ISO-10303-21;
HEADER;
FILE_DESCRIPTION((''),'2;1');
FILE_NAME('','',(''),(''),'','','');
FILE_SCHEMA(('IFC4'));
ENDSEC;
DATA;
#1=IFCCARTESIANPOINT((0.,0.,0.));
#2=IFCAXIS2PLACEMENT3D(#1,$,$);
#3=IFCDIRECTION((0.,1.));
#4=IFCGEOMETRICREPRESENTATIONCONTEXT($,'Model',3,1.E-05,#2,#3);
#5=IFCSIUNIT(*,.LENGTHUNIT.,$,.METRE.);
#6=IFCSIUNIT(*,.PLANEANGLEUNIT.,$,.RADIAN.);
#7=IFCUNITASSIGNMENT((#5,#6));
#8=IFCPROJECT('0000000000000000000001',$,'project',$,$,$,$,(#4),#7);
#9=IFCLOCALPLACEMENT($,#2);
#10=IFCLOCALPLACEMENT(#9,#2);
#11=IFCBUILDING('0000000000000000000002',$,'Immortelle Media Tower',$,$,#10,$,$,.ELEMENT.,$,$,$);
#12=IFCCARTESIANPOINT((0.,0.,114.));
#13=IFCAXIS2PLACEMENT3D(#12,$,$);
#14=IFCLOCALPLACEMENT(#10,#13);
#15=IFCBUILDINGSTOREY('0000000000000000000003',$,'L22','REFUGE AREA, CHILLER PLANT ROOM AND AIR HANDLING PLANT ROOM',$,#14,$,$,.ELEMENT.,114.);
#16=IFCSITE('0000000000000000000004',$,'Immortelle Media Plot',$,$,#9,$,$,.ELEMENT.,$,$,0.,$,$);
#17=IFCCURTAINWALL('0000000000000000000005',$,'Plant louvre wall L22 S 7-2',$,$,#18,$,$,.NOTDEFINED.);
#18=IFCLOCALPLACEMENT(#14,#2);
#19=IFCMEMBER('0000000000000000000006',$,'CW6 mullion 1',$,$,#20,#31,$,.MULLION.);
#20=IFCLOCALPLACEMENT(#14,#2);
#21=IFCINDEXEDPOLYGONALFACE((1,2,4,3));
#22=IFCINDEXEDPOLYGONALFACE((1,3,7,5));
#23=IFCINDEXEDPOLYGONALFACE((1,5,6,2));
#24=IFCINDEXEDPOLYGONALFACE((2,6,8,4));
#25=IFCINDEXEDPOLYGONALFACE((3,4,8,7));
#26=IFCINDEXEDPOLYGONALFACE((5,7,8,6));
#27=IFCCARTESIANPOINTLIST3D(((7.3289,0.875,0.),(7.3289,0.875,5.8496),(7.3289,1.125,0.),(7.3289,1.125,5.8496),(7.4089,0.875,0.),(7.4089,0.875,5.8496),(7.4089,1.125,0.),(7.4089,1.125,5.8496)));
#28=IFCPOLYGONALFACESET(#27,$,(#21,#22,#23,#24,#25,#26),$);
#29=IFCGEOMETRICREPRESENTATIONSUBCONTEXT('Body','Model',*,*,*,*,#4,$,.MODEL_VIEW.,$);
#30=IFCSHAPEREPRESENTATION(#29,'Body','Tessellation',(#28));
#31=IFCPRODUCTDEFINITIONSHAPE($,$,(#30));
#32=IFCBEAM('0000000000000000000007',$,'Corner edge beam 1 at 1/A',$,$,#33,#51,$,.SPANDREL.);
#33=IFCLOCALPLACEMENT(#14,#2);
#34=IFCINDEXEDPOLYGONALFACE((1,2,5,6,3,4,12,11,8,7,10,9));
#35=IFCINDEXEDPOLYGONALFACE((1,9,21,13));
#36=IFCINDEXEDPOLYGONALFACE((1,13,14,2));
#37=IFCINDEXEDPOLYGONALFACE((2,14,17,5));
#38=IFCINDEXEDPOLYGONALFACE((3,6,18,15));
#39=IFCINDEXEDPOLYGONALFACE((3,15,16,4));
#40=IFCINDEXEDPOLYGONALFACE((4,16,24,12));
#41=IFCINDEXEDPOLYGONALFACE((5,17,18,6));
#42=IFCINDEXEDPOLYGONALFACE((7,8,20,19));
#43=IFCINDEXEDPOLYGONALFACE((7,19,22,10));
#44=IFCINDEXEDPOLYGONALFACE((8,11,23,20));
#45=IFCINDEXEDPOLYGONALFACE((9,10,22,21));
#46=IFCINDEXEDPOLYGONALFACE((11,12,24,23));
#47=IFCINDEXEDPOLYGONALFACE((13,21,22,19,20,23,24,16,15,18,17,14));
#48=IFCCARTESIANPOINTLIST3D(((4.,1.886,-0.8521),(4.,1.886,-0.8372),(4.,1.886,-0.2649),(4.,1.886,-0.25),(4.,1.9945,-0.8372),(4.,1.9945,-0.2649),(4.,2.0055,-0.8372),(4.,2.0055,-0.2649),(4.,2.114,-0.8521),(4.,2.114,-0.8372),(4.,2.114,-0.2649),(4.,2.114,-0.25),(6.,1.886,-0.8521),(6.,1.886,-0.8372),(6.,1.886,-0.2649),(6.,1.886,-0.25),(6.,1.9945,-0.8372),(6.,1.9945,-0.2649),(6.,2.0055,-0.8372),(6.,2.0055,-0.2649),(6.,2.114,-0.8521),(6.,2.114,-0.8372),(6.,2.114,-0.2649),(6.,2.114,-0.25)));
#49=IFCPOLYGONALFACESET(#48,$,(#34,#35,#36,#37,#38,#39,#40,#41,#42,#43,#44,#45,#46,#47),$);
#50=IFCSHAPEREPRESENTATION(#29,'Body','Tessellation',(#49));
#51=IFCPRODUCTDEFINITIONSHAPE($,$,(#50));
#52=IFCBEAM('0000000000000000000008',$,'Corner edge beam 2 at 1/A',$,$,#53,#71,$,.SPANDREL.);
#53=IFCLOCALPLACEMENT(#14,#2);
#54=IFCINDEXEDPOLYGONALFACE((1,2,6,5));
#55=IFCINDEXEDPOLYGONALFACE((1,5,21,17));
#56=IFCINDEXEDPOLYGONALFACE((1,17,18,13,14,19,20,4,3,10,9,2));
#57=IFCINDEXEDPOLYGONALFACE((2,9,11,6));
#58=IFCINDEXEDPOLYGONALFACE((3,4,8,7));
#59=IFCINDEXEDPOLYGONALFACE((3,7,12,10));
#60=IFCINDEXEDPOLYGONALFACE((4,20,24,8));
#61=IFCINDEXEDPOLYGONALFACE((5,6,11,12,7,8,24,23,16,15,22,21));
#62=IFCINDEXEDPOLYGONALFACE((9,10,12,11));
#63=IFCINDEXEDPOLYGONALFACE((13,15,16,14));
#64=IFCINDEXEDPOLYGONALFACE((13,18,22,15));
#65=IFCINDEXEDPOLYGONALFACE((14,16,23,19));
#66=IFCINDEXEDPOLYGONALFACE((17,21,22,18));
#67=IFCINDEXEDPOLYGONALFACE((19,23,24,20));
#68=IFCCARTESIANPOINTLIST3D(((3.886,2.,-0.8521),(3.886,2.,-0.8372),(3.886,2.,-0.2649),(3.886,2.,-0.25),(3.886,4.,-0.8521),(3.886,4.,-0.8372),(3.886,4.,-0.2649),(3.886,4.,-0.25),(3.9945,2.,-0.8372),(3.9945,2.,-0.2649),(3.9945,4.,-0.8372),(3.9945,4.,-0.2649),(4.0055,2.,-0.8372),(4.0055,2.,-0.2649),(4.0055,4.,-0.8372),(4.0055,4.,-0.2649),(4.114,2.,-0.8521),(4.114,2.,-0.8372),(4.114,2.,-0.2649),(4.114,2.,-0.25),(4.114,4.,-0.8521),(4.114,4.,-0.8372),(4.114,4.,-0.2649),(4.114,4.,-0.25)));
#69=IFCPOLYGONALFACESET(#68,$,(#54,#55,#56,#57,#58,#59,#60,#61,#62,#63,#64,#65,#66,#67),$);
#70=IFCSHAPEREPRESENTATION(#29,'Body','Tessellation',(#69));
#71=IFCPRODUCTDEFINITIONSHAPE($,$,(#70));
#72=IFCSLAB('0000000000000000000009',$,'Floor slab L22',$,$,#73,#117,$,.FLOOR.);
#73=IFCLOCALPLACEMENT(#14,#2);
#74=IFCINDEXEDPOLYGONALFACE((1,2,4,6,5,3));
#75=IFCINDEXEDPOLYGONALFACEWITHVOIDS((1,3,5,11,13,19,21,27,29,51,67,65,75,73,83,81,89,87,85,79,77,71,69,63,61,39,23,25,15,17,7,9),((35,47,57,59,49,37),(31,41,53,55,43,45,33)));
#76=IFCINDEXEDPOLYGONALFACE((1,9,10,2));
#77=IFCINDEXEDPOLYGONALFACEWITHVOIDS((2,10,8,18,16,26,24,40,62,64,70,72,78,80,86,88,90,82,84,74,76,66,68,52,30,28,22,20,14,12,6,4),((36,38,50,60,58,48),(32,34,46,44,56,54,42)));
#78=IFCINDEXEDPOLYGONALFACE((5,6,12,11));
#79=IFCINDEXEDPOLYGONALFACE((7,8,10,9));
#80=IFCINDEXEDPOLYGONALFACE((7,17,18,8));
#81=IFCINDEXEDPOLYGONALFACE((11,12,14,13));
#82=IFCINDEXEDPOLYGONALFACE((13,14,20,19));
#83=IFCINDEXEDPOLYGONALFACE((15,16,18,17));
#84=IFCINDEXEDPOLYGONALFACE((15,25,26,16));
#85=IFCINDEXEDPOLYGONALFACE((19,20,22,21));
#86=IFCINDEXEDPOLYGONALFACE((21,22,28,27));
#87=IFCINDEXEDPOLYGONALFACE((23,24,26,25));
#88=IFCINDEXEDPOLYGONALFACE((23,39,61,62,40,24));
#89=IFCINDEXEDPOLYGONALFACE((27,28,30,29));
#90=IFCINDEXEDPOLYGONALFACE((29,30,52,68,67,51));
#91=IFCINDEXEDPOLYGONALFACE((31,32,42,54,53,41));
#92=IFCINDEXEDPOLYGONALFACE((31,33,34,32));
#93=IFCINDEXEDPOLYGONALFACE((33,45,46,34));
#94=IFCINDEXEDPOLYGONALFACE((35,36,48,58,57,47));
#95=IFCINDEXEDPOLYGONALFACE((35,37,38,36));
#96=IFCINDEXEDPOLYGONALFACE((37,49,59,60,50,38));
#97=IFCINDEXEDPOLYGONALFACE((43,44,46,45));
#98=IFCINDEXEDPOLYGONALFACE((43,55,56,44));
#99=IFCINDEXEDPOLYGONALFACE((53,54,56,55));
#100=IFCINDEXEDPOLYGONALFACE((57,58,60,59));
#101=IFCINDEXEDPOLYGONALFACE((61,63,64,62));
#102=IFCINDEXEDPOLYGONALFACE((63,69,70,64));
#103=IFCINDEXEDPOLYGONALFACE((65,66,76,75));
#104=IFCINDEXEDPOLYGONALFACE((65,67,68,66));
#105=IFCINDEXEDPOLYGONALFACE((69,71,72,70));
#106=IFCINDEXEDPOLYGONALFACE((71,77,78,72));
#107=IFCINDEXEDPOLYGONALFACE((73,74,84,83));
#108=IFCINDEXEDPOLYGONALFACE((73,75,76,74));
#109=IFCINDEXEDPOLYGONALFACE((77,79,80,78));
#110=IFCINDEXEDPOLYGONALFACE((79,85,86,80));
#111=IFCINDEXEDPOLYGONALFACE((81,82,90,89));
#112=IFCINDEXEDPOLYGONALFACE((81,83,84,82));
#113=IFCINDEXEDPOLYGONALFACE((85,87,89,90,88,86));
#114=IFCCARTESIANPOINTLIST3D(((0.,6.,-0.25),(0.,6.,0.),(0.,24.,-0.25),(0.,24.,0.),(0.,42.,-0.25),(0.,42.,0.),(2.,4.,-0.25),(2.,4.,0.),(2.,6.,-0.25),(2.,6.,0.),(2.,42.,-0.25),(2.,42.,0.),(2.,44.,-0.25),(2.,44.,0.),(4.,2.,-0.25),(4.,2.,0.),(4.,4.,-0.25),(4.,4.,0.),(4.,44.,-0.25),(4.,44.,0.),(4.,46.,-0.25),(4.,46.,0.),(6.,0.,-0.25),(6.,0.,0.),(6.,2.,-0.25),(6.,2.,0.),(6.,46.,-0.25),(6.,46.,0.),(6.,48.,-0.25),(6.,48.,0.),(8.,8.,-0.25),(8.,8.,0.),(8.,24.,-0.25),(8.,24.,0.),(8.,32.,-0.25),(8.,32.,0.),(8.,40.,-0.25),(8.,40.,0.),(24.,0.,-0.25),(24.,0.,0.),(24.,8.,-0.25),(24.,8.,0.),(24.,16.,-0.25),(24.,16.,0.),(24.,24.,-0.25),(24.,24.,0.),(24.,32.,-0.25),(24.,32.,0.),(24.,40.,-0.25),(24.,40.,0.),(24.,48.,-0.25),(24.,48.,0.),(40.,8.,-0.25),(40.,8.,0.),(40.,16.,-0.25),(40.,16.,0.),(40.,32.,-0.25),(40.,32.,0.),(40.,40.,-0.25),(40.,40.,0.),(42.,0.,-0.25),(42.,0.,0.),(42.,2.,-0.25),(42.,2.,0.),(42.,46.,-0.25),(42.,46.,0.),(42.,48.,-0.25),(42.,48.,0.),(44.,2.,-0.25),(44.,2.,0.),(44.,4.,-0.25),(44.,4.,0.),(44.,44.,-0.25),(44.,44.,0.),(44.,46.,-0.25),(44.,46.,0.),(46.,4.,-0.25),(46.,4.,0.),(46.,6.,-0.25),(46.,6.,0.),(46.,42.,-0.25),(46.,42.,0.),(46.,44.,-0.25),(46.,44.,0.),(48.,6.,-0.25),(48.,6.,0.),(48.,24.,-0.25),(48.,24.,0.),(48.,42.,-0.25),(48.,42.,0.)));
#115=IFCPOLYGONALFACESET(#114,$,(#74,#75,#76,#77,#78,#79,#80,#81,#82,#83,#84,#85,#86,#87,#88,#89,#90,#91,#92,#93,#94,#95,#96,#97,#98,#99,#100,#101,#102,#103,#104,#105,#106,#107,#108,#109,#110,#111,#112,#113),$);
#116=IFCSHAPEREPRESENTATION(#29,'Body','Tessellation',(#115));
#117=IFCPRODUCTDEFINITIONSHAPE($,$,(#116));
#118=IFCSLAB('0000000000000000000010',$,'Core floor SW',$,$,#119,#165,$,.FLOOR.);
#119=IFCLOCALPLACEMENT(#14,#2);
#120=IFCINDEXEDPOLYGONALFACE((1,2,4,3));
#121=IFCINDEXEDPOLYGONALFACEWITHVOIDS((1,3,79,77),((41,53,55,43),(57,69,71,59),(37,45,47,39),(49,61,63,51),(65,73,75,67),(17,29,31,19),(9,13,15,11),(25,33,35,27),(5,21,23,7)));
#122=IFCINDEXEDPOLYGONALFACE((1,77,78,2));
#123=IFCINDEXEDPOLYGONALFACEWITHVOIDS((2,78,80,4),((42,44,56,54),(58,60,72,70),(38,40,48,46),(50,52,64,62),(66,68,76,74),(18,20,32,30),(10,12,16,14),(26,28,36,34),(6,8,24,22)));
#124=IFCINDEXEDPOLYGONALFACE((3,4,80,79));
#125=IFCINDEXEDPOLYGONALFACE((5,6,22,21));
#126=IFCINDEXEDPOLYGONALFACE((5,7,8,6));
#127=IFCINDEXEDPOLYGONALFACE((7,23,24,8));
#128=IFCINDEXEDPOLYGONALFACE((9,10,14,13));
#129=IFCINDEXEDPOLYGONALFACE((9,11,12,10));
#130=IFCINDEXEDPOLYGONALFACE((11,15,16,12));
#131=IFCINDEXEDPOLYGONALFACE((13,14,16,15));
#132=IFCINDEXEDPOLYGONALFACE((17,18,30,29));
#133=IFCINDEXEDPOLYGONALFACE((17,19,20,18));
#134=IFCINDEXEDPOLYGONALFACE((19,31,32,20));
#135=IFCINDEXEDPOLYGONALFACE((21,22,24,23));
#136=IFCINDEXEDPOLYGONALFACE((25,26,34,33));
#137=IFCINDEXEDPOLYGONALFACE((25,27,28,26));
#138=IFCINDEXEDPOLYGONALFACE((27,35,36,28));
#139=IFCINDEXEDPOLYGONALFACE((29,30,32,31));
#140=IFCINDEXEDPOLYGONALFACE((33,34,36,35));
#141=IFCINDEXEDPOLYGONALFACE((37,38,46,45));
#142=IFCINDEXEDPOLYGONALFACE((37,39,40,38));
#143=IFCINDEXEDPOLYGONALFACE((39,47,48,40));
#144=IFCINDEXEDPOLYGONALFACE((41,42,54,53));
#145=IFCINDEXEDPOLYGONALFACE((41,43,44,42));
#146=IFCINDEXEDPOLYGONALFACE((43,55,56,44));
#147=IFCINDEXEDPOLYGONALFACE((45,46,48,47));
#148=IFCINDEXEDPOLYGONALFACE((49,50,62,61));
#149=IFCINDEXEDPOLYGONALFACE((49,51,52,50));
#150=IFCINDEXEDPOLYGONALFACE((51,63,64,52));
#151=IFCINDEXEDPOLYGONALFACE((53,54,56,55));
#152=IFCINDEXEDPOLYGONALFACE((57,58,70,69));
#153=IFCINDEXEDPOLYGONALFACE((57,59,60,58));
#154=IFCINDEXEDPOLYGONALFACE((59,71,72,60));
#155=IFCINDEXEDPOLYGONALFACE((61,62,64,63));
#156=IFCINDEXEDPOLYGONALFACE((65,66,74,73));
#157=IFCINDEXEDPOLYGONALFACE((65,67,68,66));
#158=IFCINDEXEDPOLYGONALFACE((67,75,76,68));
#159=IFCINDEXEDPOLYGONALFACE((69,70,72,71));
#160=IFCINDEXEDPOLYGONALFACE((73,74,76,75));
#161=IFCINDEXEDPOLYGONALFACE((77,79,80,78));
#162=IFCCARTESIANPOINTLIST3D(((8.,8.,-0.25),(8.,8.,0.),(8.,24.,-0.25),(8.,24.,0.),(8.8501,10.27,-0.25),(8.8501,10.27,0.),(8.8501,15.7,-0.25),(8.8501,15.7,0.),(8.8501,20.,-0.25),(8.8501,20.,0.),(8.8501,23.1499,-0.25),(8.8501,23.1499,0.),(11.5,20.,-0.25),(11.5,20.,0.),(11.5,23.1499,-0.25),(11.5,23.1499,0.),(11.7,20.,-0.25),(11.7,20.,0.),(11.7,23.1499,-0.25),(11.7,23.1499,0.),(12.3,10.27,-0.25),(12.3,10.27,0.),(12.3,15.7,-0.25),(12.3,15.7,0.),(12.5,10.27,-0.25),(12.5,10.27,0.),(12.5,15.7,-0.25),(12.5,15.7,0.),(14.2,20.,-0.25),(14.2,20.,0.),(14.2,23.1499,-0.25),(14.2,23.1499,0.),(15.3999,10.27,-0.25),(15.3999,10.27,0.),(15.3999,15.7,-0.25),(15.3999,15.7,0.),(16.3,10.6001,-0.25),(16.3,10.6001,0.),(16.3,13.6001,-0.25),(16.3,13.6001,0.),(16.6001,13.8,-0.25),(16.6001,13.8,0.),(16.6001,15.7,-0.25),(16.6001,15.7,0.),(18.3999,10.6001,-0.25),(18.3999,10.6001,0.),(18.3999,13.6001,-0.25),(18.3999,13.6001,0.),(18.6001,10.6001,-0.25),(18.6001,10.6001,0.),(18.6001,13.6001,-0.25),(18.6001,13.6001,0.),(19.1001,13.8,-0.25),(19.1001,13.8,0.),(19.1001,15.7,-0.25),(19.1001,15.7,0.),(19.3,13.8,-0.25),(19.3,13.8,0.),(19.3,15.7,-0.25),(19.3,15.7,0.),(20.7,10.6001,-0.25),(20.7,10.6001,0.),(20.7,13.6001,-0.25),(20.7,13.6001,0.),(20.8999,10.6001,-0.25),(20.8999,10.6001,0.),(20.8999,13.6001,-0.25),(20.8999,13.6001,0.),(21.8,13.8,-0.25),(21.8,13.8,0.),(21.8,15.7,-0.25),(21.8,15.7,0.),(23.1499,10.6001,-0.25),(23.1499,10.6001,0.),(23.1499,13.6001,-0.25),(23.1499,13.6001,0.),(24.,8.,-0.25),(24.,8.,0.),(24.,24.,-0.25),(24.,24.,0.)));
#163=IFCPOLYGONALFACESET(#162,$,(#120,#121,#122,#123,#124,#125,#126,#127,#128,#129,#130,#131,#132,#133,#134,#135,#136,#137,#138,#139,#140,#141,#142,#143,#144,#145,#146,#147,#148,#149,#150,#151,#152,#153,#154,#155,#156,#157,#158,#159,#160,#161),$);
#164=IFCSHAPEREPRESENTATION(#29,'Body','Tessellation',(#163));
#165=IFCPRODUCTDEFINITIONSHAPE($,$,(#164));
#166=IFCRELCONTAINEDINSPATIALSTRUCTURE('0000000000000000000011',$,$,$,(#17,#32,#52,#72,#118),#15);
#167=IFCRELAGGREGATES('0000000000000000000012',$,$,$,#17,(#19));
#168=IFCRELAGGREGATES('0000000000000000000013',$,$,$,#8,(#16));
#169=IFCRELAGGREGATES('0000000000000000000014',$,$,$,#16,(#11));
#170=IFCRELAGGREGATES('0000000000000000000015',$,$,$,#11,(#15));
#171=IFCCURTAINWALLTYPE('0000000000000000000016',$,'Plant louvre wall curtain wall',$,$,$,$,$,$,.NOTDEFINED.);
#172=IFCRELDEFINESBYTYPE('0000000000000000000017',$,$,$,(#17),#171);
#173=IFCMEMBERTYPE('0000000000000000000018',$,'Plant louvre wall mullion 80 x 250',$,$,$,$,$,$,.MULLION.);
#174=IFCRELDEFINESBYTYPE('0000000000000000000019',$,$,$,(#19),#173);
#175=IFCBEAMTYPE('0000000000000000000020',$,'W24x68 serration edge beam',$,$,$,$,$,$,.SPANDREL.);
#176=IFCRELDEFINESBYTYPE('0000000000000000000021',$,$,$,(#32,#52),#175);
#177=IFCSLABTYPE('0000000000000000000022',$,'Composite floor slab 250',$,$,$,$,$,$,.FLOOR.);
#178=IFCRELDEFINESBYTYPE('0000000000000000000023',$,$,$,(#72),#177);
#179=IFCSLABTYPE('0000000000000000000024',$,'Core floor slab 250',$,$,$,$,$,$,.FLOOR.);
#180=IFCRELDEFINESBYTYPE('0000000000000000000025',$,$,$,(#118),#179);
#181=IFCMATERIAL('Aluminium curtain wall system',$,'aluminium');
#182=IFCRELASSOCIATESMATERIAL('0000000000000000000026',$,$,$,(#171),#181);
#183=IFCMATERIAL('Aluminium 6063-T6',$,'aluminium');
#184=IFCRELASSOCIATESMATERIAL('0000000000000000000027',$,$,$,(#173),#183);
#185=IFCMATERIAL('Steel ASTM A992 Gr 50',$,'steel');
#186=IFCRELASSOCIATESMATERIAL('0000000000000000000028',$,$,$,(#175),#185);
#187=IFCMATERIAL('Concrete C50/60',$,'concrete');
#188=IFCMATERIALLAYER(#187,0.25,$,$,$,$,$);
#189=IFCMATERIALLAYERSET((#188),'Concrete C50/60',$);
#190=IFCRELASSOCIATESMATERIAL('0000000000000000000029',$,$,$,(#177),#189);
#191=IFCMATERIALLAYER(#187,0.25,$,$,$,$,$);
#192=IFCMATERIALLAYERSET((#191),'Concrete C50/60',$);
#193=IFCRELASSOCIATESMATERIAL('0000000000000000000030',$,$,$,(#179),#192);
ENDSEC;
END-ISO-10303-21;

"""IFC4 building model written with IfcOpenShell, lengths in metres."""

from ifc_helpers import new_model, si_unit, direction, frame, origin, origin_2d, place, context, subcontext, project, spatial, polyline, rectangle, i_section, outline, extrude, material, layer, layer_set, material_profile, profile_set, type_object, element, aggregate, save


model = new_model("IFC4")

# Units and contexts
model_context = context("Model", 3, precision=1e-05, world=origin(), true_north=direction((0.0, 1.0)))
body_context = subcontext(model_context, "Body", "Model", "MODEL_VIEW")
ifc_project = project(units=[si_unit("LENGTHUNIT", "METRE"), si_unit("PLANEANGLEUNIT", "RADIAN")], contexts=[model_context])

# Site, building, storey
site_placement = place(None, origin())
site = spatial("IfcSite", under=ifc_project, at=site_placement, Name="Immortelle Media Plot", CompositionType="ELEMENT", RefElevation=0.0)
building_placement = place(site_placement, origin())
building = spatial("IfcBuilding", under=site, at=building_placement, Name="Immortelle Media Tower", CompositionType="ELEMENT")
storey_placement = place(building_placement, frame((0.0, 0.0, 114.0)))
storey = spatial("IfcBuildingStorey", under=building, at=storey_placement, Name="L22", Description="REFUGE AREA, CHILLER PLANT ROOM AND AIR HANDLING PLANT ROOM", CompositionType="ELEMENT", Elevation=114.0)

# Curtain wall, member
ifc_material_1 = material(Name="Aluminium curtain wall system", Category="aluminium")
curtain_wall_type = type_object("IfcCurtainWallType", Name="Plant louvre wall curtain wall", PredefinedType="NOTDEFINED", material=ifc_material_1)
curtain_wall_placement = place(storey_placement, origin())
curtain_wall = element("IfcCurtainWall", 1, at=curtain_wall_placement, inside=storey, type_object=curtain_wall_type, Name="Plant louvre wall L22 S 7-2", PredefinedType="NOTDEFINED")
ifc_material_2 = material(Name="Aluminium 6063-T6", Category="aluminium")
ifc_material_profile_1 = material_profile(ifc_material_2, rectangle(XDim=0.25, YDim=0.0801, at=origin_2d()), Name="AL 80x250")
ifc_profile_set_1 = profile_set([ifc_material_profile_1], Name="Aluminium 6063-T6")
member_type = type_object("IfcMemberType", Name="Plant louvre wall mullion 80 x 250", PredefinedType="MULLION", material=ifc_profile_set_1)
member_placement = place(storey_placement, frame((7.3689, 1.0, 0.0), z_axis=(0.0, 0.0, 1.0), x_axis=(0.0, 1.0, 0.0)))
member = element("IfcMember", 2, at=member_placement, type_object=member_type, Name="CW6 mullion 1", PredefinedType="MULLION", context=body_context, shape_type="SweptSolid", body=[
    extrude(rectangle(XDim=0.25, YDim=0.0801, at=origin_2d()), origin(), (0.0, 0.0, 1.0), 5.8496),
])
aggregate(curtain_wall, [member])

# Beams
ifc_material_3 = material(Name="Steel ASTM A992 Gr 50", Category="steel")
ifc_material_profile_2 = material_profile(ifc_material_3, i_section(OverallWidth=0.228, OverallDepth=0.6021, WebThickness=0.011, FlangeThickness=0.0149, at=origin_2d()), Name="W24x68")
ifc_profile_set_2 = profile_set([ifc_material_profile_2], Name="Steel ASTM A992 Gr 50")
beam_type = type_object("IfcBeamType", Name="W24x68 serration edge beam", PredefinedType="SPANDREL", material=ifc_profile_set_2)
for number, where, z_axis, x_axis, name in (
    (3, (6.0, 2.0, -0.551), (-1.0, 0.0, 0.0), (0.0, -1.0, 0.0), "Corner edge beam 1 at 1/A"),
    (4, (4.0, 2.0, -0.551), (0.0, 1.0, 0.0), (-1.0, 0.0, 0.0), "Corner edge beam 2 at 1/A"),
):
    element("IfcBeam", number, at=place(storey_placement, frame(where, z_axis=z_axis, x_axis=x_axis)), inside=storey, type_object=beam_type, Name=name, PredefinedType="SPANDREL", context=body_context, shape_type="SweptSolid", body=[
        extrude(i_section(OverallWidth=0.228, OverallDepth=0.6021, WebThickness=0.011, FlangeThickness=0.0149, at=origin_2d()), origin(), (0.0, 0.0, 1.0), 2.0),
    ])

# Slabs
ifc_material_4 = material(Name="Concrete C50/60", Category="concrete")
ifc_layer_1 = layer(ifc_material_4, 0.25)
ifc_layer_set_1 = layer_set([ifc_layer_1], Name="Concrete C50/60")
slab_type_1 = type_object("IfcSlabType", Name="Composite floor slab 250", PredefinedType="FLOOR", material=ifc_layer_set_1)
slab_1_placement = place(storey_placement, frame((0.0, 0.0, -0.25)))
element("IfcSlab", 5, at=slab_1_placement, inside=storey, type_object=slab_type_1, Name="Floor slab L22", PredefinedType="FLOOR", context=body_context, shape_type="SweptSolid", body=[
    extrude(outline(polyline([(0.0, 42.0), (2.0, 42.0), (2.0, 44.0), (4.0, 44.0), (4.0, 46.0), (6.0, 46.0), (6.0, 48.0), (24.0, 48.0), (42.0, 48.0), (42.0, 46.0), (44.0, 46.0), (44.0, 44.0), (46.0, 44.0), (46.0, 42.0), (48.0, 42.0), (48.0, 24.0), (48.0, 6.0), (46.0, 6.0), (46.0, 4.0), (44.0, 4.0), (44.0, 2.0), (42.0, 2.0), (42.0, 0.0), (24.0, 0.0), (6.0, 0.0), (6.0, 2.0), (4.0, 2.0), (4.0, 4.0), (2.0, 4.0), (2.0, 6.0), (0.0, 6.0), (0.0, 24.0), (0.0, 42.0)]), holes=[polyline([(40.0, 16.0), (24.0, 16.0), (24.0, 24.0), (8.0, 24.0), (8.0, 8.0), (24.0, 8.0), (40.0, 8.0), (40.0, 16.0)]), polyline([(8.0, 32.0), (24.0, 32.0), (40.0, 32.0), (40.0, 40.0), (24.0, 40.0), (8.0, 40.0), (8.0, 32.0)])]), origin(), (0.0, 0.0, 1.0), 0.25),
])
ifc_layer_2 = layer(ifc_material_4, 0.25)
ifc_layer_set_2 = layer_set([ifc_layer_2], Name="Concrete C50/60")
slab_type_2 = type_object("IfcSlabType", Name="Core floor slab 250", PredefinedType="FLOOR", material=ifc_layer_set_2)
slab_2_placement = place(storey_placement, frame((0.0, 0.0, -0.25)))
element("IfcSlab", 6, at=slab_2_placement, inside=storey, type_object=slab_type_2, Name="Core floor SW", PredefinedType="FLOOR", context=body_context, shape_type="SweptSolid", body=[
    extrude(outline(polyline([(8.0, 8.0), (24.0, 8.0), (24.0, 24.0), (8.0, 24.0), (8.0, 8.0)]), holes=[polyline([(8.8501, 20.0), (11.5, 20.0), (11.5, 23.1499), (8.8501, 23.1499), (8.8501, 20.0)]), polyline([(11.7, 20.0), (14.2, 20.0), (14.2, 23.1499), (11.7, 23.1499), (11.7, 20.0)]), polyline([(16.6001, 13.8), (19.1001, 13.8), (19.1001, 15.7), (16.6001, 15.7), (16.6001, 13.8)]), polyline([(19.3, 13.8), (21.8, 13.8), (21.8, 15.7), (19.3, 15.7), (19.3, 13.8)]), polyline([(16.3, 10.6001), (18.3999, 10.6001), (18.3999, 13.6001), (16.3, 13.6001), (16.3, 10.6001)]), polyline([(18.6001, 10.6001), (20.7, 10.6001), (20.7, 13.6001), (18.6001, 13.6001), (18.6001, 10.6001)]), polyline([(20.8999, 10.6001), (23.1499, 10.6001), (23.1499, 13.6001), (20.8999, 13.6001), (20.8999, 10.6001)]), polyline([(8.8501, 10.27), (12.3, 10.27), (12.3, 15.7), (8.8501, 15.7), (8.8501, 10.27)]), polyline([(12.5, 10.27), (15.3999, 10.27), (15.3999, 15.7), (12.5, 15.7), (12.5, 10.27)])]), origin(), (0.0, 0.0, 1.0), 0.25),
])

save(model, "model.ifc")
